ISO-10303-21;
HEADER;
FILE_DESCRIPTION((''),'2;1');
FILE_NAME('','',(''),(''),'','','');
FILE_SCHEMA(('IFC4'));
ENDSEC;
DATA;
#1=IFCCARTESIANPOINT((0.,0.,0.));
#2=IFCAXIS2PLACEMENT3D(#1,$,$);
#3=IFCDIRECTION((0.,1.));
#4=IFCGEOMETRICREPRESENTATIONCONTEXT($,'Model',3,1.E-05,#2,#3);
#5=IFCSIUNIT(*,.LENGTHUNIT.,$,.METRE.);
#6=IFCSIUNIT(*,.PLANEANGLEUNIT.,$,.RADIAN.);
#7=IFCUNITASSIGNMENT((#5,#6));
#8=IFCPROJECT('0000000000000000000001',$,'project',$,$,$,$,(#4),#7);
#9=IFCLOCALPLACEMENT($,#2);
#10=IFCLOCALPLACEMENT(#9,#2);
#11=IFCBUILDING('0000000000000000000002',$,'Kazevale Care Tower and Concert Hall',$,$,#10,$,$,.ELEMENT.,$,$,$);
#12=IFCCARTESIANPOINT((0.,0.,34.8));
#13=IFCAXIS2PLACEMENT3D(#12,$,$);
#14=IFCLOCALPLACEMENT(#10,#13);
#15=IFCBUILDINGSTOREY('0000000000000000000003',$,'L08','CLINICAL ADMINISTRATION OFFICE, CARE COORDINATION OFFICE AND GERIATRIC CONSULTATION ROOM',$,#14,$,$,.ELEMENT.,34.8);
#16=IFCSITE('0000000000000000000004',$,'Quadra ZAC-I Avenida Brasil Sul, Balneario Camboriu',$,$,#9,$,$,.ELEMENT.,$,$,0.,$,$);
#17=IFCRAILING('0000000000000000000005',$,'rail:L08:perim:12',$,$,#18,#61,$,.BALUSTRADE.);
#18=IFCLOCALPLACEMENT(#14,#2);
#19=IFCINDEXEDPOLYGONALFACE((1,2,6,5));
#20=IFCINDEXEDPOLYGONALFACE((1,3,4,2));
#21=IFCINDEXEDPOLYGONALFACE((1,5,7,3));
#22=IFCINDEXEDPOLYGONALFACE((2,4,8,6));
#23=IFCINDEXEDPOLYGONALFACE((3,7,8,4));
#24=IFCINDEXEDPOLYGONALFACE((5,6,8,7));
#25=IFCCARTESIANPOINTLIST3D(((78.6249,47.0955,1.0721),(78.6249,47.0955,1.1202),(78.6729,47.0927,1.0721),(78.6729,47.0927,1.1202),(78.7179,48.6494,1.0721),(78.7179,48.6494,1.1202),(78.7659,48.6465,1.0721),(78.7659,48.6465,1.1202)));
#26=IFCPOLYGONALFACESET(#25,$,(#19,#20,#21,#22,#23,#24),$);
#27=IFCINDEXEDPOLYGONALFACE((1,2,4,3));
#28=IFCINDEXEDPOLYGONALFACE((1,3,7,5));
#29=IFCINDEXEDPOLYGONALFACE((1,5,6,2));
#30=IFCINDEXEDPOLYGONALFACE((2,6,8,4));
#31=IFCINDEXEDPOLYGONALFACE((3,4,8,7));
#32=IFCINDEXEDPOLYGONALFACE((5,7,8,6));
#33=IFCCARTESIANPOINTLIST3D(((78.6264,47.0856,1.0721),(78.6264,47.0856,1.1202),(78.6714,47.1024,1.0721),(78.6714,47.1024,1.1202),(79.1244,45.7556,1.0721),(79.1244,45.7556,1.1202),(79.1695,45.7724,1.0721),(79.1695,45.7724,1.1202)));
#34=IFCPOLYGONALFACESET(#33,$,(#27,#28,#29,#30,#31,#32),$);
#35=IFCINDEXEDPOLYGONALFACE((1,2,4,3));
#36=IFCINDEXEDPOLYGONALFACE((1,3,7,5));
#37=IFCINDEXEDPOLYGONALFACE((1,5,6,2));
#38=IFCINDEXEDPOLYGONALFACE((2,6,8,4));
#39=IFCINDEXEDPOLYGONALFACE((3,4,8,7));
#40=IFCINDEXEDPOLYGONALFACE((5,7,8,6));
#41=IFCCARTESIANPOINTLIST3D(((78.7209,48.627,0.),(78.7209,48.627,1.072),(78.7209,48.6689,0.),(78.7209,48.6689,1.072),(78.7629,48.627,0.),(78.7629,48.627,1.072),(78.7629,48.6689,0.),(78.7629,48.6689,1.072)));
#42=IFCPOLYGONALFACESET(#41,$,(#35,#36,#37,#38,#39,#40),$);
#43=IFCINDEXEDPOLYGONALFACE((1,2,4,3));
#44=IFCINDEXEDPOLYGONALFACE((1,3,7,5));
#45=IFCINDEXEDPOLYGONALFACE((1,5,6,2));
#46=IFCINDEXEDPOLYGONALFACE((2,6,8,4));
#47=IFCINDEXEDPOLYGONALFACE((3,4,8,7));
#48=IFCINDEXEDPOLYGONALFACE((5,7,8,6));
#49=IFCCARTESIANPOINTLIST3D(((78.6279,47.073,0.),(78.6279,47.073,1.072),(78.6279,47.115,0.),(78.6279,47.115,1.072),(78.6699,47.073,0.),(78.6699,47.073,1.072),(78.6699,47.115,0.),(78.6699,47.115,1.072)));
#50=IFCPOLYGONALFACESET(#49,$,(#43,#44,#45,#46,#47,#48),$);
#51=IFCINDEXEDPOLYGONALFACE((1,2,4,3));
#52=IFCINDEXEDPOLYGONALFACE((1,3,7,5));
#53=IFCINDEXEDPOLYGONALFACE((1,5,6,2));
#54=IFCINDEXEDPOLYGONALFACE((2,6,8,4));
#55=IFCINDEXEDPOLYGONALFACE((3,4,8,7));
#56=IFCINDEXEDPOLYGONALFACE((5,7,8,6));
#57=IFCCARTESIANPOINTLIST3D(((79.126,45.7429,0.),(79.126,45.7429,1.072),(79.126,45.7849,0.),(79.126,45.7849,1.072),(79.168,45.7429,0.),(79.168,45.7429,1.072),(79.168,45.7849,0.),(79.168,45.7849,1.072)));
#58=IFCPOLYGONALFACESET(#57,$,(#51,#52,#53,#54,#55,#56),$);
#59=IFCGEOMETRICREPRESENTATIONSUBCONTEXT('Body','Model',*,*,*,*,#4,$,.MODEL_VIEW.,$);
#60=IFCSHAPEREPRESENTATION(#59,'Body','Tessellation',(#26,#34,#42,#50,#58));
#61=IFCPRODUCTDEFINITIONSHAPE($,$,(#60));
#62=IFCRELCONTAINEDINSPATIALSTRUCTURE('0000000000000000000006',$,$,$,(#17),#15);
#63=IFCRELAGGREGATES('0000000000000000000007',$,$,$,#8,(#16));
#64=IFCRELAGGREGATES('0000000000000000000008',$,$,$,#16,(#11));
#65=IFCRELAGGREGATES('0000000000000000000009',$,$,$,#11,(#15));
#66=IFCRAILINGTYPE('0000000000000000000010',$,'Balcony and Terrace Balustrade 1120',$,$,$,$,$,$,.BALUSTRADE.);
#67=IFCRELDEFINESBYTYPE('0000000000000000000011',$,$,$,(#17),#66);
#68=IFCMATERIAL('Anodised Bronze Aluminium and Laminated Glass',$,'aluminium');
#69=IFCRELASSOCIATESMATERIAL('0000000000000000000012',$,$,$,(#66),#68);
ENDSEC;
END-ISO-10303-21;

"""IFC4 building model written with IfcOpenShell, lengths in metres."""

from ifc_helpers import new_model, si_unit, direction, frame, origin, origin_2d, place, context, subcontext, project, spatial, rectangle, extrude, material, type_object, element, save


model = new_model("IFC4")

# Units and contexts
model_context = context("Model", 3, precision=1e-05, world=origin(), true_north=direction((0.0, 1.0)))
body_context = subcontext(model_context, "Body", "Model", "MODEL_VIEW")
ifc_project = project(units=[si_unit("LENGTHUNIT", "METRE"), si_unit("PLANEANGLEUNIT", "RADIAN")], contexts=[model_context])

# Site, building, storey
site_placement = place(None, origin())
site = spatial("IfcSite", under=ifc_project, at=site_placement, Name="Quadra ZAC-I Avenida Brasil Sul, Balneario Camboriu", CompositionType="ELEMENT", RefElevation=0.0)
building_placement = place(site_placement, origin())
building = spatial("IfcBuilding", under=site, at=building_placement, Name="Kazevale Care Tower and Concert Hall", CompositionType="ELEMENT")
storey_placement = place(building_placement, frame((0.0, 0.0, 34.8)))
storey = spatial("IfcBuildingStorey", under=building, at=storey_placement, Name="L08", Description="CLINICAL ADMINISTRATION OFFICE, CARE COORDINATION OFFICE AND GERIATRIC CONSULTATION ROOM", CompositionType="ELEMENT", Elevation=34.8)

# Railing
ifc_material_1 = material(Name="Anodised Bronze Aluminium and Laminated Glass", Category="aluminium")
railing_type = type_object("IfcRailingType", Name="Balcony and Terrace Balustrade 1120", PredefinedType="BALUSTRADE", material=ifc_material_1)
railing_1_placement = place(storey_placement, frame((78.7419, 48.6479, 0.0)))
element("IfcRailing", 1, at=railing_1_placement, inside=storey, type_object=railing_type, Name="rail:L08:perim:12", PredefinedType="BALUSTRADE", context=body_context, shape_type="SweptSolid", body=[
    extrude(rectangle(XDim=0.0481, YDim=0.0481, at=origin_2d()), frame((0.0, 0.0, 1.0962), z_axis=(-0.059752, -0.998213, 0.0), x_axis=(0.998213, -0.059752, 0.0)), (0.0, 0.0, 1.0), 1.5566),
    extrude(rectangle(XDim=0.0481, YDim=0.0481, at=origin_2d()), frame((-0.093, -1.554, 1.0962), z_axis=(0.350671, -0.936499, 0.0), x_axis=(0.936499, 0.350671, 0.0)), (0.0, 0.0, 1.0), 1.4202),
    extrude(rectangle(XDim=0.042, YDim=0.042, at=origin_2d()), origin(), (0.0, 0.0, 1.0), 1.072),
    extrude(rectangle(XDim=0.042, YDim=0.042, at=origin_2d()), frame((-0.093, -1.554, 0.0)), (0.0, 0.0, 1.0), 1.072),
    extrude(rectangle(XDim=0.042, YDim=0.042, at=origin_2d()), frame((0.405, -2.884, 0.0)), (0.0, 0.0, 1.0), 1.072),
])

save(model, "model.ifc")
